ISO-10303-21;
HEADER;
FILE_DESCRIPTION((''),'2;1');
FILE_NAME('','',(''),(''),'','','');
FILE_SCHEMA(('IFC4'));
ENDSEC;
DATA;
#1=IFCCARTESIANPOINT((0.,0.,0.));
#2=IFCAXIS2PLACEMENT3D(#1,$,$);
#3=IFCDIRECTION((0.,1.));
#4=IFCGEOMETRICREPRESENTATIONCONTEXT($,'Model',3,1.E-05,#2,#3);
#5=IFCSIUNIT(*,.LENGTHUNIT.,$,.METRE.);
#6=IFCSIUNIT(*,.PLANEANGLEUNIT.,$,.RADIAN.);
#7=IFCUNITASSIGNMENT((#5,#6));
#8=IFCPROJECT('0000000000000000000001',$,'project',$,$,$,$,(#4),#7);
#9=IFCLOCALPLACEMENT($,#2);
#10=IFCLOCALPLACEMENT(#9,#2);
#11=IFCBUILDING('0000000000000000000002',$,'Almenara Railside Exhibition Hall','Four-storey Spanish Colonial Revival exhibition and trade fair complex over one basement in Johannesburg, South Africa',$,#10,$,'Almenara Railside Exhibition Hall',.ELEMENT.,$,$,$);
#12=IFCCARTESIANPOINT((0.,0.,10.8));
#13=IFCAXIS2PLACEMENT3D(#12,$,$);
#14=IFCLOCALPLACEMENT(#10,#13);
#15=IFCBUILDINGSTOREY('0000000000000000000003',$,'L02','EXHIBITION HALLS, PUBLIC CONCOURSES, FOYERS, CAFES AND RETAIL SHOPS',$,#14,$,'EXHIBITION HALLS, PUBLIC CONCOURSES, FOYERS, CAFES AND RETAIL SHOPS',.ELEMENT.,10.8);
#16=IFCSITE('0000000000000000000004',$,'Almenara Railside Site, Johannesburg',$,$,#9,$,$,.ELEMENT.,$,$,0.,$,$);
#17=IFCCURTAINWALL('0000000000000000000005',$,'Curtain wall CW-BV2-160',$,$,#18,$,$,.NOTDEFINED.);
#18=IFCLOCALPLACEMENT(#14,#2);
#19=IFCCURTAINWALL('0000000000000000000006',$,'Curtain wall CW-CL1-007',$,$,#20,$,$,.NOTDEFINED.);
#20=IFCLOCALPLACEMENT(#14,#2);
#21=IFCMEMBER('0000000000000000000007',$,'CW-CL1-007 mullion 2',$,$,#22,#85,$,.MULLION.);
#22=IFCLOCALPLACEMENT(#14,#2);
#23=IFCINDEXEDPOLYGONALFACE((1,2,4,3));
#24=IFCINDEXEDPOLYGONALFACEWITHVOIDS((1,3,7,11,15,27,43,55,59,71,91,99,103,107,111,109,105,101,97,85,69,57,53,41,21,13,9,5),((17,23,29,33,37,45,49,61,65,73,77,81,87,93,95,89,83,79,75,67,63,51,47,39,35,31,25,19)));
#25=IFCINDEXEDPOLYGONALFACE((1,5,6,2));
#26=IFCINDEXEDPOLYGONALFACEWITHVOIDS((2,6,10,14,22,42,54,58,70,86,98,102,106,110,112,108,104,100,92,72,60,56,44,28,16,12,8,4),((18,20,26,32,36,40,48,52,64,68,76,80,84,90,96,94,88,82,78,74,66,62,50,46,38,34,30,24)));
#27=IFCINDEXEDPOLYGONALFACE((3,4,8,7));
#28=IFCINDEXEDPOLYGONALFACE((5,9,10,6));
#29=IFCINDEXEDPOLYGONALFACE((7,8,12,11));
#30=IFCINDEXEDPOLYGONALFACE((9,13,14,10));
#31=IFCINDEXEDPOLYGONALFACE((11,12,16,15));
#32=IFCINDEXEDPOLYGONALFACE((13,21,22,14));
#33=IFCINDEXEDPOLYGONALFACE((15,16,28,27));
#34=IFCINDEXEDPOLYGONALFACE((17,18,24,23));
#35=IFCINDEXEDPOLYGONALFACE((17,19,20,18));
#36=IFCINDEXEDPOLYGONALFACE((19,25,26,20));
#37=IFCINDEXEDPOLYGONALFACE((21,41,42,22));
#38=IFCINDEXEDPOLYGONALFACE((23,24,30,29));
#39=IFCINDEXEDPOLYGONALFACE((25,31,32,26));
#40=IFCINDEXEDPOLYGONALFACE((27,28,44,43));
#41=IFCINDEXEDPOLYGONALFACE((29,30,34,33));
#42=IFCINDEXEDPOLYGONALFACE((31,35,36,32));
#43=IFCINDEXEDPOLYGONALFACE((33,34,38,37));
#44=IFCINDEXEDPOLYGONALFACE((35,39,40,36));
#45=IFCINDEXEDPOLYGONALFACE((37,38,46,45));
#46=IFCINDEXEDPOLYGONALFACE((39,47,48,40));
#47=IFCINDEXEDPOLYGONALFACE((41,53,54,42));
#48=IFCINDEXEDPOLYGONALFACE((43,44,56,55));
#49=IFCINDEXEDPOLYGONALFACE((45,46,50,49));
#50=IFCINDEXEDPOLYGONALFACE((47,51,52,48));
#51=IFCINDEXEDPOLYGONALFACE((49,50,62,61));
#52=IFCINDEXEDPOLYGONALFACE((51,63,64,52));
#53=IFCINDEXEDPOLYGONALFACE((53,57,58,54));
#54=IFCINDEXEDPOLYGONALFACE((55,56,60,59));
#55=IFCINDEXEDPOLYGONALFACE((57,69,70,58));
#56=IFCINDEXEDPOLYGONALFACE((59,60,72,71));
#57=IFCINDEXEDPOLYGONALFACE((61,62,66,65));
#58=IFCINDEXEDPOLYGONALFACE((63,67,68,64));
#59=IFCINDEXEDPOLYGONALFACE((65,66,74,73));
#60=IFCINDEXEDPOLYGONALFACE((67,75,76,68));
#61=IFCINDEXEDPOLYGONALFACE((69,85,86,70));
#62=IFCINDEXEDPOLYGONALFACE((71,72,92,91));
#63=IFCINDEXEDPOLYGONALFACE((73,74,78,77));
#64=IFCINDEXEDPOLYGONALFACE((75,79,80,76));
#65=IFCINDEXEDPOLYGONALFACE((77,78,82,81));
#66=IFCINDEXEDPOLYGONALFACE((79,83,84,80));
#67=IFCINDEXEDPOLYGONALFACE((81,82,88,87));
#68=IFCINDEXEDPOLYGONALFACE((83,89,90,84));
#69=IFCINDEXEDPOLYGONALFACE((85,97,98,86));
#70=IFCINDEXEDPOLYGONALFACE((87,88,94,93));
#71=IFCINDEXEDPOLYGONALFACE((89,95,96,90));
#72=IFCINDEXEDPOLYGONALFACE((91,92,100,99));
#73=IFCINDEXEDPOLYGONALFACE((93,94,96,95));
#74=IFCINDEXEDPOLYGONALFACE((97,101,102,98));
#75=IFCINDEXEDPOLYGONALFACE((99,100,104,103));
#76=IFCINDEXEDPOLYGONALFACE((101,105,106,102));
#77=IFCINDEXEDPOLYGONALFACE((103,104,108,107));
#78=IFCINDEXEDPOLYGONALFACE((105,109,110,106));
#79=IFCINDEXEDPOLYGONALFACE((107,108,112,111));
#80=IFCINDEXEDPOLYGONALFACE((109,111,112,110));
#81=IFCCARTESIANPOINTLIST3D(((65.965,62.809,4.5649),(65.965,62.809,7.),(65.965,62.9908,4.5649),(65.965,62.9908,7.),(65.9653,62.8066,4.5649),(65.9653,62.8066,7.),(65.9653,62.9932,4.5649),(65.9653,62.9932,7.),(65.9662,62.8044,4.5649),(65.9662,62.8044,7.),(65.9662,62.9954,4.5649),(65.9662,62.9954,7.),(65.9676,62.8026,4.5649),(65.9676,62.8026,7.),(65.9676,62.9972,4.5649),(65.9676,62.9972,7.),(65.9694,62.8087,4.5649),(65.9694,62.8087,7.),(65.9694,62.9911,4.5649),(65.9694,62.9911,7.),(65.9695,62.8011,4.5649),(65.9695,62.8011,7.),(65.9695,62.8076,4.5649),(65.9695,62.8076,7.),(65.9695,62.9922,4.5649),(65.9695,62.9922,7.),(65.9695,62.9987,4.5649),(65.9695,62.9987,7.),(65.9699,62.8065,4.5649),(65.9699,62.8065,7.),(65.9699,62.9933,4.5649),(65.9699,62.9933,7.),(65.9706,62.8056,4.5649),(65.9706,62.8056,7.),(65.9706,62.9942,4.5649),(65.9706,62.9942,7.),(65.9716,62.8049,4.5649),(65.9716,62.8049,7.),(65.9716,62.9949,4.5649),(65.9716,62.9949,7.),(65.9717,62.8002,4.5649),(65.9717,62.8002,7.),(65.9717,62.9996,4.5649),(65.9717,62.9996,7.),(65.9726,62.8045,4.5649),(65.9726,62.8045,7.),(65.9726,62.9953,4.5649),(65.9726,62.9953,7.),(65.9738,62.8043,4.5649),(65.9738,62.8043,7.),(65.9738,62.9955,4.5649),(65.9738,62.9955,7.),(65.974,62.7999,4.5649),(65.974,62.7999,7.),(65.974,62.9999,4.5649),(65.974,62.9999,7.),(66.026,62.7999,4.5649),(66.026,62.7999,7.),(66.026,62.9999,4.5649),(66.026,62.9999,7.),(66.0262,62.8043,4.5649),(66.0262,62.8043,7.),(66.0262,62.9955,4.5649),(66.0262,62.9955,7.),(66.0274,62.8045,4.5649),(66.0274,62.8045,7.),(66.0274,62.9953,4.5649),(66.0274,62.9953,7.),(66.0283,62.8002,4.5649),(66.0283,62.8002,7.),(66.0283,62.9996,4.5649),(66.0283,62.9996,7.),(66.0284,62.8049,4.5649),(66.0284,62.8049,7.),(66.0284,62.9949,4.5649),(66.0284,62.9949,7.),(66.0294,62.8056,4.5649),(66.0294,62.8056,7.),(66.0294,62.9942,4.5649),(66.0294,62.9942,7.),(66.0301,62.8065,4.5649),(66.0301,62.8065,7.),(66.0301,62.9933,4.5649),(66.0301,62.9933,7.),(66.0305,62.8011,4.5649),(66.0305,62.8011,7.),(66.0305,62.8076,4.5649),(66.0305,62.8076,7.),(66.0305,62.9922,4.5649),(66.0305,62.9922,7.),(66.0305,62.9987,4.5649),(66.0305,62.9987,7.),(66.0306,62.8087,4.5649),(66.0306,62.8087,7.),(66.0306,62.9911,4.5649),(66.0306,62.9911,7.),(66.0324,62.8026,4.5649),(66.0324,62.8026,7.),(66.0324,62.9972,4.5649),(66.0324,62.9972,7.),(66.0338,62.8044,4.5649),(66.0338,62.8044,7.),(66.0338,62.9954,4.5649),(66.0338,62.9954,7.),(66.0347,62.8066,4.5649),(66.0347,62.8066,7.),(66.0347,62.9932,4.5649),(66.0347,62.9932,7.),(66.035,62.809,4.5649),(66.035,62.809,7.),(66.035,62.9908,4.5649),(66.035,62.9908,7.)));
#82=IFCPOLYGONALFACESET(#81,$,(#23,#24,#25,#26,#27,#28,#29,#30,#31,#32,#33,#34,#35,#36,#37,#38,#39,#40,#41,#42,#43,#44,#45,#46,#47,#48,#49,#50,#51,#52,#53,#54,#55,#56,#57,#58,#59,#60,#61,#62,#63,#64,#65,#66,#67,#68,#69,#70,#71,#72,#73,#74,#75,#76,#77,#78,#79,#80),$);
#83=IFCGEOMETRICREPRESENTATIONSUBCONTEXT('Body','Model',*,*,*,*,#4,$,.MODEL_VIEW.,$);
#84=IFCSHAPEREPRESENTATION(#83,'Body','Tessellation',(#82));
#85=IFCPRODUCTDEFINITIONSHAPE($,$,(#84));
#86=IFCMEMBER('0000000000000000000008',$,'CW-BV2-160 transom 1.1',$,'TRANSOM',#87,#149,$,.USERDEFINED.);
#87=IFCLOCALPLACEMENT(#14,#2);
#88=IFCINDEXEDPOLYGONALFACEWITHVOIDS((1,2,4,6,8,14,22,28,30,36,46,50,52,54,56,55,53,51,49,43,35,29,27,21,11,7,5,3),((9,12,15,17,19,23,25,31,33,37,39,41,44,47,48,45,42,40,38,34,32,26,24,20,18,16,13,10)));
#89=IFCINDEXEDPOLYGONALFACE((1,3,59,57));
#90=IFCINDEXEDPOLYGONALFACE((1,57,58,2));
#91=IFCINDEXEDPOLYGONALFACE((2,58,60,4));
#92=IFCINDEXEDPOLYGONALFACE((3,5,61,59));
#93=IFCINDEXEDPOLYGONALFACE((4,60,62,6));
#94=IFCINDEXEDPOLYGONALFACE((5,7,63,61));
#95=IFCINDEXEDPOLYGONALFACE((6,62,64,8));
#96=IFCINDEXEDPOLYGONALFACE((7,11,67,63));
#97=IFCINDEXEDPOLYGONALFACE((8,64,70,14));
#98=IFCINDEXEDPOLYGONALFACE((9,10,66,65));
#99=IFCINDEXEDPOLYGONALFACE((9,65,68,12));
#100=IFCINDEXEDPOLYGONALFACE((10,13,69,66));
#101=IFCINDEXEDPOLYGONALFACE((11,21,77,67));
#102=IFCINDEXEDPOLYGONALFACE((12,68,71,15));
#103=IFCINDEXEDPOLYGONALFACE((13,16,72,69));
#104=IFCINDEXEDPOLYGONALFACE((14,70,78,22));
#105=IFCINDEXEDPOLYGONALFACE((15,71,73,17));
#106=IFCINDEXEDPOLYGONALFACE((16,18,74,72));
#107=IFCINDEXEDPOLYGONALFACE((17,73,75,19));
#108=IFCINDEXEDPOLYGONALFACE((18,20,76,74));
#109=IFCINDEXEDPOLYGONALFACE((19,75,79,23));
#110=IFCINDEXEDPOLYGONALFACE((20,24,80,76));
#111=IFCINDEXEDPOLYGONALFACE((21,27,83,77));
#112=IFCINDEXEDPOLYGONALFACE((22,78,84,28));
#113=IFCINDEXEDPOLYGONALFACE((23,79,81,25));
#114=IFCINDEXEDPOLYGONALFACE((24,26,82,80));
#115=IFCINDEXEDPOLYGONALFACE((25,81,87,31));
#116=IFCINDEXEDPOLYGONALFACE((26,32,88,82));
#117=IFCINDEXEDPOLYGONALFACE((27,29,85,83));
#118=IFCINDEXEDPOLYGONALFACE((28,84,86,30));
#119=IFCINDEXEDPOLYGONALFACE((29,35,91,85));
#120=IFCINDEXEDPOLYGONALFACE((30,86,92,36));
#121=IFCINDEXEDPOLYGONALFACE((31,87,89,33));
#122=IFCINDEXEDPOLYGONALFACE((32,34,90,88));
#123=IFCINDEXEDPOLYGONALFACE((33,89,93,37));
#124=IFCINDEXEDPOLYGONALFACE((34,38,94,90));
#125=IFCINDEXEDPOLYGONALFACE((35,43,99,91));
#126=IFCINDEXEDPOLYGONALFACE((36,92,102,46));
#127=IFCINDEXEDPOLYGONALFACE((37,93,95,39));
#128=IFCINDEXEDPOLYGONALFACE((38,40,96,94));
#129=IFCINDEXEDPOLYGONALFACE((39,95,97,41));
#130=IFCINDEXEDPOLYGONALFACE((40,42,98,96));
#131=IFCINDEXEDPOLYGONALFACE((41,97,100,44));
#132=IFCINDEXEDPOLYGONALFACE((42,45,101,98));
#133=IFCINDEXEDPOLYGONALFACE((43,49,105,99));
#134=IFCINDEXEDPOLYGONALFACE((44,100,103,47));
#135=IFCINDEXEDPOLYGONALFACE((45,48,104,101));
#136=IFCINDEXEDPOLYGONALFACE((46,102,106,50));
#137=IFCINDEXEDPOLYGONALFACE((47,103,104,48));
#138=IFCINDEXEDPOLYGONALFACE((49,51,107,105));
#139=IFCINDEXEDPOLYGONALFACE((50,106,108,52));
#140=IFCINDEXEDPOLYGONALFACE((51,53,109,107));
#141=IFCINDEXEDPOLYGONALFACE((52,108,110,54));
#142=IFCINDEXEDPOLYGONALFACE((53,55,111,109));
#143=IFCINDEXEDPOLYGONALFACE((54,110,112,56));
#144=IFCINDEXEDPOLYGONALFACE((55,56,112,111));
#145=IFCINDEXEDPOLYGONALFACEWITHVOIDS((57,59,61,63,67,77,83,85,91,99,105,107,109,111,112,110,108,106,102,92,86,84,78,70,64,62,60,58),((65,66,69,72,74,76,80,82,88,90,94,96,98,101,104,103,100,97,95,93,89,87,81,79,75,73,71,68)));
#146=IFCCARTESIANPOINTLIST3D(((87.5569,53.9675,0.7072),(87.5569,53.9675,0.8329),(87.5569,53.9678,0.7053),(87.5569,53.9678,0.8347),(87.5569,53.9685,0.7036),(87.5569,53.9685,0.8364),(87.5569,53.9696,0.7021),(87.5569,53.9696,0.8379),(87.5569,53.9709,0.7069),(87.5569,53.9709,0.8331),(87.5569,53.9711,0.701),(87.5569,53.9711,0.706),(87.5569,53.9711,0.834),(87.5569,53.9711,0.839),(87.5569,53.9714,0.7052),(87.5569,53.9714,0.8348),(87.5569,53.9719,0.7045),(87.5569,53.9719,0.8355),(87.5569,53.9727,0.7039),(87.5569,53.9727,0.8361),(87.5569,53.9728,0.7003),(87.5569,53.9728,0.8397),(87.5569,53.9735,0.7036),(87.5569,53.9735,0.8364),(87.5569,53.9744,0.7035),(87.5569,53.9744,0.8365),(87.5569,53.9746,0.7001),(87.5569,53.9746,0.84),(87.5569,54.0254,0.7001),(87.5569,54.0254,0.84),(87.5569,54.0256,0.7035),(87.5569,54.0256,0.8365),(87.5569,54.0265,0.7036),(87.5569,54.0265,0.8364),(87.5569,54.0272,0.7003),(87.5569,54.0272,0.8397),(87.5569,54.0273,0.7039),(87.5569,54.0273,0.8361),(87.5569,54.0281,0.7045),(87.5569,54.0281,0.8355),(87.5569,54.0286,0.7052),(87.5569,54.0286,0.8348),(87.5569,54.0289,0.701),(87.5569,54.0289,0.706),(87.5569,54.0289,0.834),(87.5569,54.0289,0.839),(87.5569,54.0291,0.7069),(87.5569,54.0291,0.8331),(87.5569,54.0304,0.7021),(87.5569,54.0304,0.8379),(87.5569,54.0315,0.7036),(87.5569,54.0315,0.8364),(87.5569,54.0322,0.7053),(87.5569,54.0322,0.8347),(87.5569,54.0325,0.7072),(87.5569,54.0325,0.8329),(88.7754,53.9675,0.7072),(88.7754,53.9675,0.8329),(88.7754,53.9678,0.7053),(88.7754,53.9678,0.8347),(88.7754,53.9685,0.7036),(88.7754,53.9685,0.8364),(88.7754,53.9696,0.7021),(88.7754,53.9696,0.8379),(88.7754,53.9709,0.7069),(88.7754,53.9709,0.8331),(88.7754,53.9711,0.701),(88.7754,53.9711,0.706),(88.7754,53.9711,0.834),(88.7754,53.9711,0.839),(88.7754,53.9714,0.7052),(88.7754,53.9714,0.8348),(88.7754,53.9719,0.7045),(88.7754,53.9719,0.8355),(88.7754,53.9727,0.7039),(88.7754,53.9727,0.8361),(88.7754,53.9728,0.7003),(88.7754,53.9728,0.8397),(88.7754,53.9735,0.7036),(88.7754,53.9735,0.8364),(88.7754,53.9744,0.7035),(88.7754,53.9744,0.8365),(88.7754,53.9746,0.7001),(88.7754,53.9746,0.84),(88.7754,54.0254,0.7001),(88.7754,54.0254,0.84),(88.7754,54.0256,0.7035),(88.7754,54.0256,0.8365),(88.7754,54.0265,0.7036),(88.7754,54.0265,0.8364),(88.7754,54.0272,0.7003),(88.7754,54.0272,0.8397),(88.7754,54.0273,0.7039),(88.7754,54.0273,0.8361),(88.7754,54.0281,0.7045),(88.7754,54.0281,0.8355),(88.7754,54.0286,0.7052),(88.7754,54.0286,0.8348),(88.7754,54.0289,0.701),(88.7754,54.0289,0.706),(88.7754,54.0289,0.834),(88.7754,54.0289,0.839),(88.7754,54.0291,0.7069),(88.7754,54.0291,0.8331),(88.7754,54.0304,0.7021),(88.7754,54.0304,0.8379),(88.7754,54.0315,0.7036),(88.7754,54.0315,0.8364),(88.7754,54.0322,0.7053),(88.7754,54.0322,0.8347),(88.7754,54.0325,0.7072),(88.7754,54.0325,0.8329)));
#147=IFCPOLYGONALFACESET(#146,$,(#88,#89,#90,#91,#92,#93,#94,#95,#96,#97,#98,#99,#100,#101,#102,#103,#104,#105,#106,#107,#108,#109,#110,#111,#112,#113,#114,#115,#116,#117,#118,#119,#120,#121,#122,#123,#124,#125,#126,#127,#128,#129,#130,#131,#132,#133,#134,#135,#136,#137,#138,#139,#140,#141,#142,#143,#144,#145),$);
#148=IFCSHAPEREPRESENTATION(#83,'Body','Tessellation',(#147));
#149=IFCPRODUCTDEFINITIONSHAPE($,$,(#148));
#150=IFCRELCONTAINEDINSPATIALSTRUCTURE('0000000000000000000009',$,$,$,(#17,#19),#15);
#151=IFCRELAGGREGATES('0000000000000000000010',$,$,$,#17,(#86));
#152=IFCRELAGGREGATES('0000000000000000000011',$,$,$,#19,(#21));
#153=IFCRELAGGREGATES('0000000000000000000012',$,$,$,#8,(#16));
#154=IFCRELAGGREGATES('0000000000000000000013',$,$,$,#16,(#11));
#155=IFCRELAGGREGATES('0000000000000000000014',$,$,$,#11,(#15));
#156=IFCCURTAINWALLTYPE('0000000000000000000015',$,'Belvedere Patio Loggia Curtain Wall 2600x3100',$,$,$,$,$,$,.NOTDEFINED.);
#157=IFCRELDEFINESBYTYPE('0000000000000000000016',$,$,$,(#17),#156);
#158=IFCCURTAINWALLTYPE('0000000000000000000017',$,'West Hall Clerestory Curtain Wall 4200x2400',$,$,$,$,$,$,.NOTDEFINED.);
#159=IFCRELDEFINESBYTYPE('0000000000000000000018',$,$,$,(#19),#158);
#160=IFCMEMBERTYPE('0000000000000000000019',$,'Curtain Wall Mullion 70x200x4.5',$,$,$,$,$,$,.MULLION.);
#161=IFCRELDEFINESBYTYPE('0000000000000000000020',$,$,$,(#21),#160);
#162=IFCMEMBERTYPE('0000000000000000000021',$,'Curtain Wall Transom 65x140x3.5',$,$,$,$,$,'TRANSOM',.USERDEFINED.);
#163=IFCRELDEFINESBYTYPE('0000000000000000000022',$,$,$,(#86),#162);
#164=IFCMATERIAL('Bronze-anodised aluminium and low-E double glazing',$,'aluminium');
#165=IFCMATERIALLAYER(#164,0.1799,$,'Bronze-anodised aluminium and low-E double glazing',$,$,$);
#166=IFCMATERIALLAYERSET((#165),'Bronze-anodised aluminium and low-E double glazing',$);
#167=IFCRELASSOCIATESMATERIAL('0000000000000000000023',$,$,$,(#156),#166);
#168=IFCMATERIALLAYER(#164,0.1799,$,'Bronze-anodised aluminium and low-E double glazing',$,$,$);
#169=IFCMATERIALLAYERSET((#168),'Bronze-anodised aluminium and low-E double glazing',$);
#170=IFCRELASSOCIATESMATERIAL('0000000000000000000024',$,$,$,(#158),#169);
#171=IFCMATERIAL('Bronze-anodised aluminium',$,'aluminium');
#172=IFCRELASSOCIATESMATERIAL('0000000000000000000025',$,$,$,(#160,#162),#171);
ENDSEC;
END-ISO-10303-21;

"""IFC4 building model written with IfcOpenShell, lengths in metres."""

from ifc_helpers import new_model, si_unit, direction, frame, origin, origin_2d, place, context, subcontext, project, spatial, hollow_rectangle, extrude, material, layer, layer_set, material_profile, profile_set, type_object, element, aggregate, save


model = new_model("IFC4")

# Units and contexts
model_context = context("Model", 3, precision=1e-05, world=origin(), true_north=direction((0.0, 1.0)))
body_context = subcontext(model_context, "Body", "Model", "MODEL_VIEW")
ifc_project = project(units=[si_unit("LENGTHUNIT", "METRE"), si_unit("PLANEANGLEUNIT", "RADIAN")], contexts=[model_context])

# Site, building, storey
site_placement = place(None, origin())
site = spatial("IfcSite", under=ifc_project, at=site_placement, Name="Almenara Railside Site, Johannesburg", CompositionType="ELEMENT", RefElevation=0.0)
building_placement = place(site_placement, origin())
building = spatial("IfcBuilding", under=site, at=building_placement, Name="Almenara Railside Exhibition Hall", Description="Four-storey Spanish Colonial Revival exhibition and trade fair complex over one basement in Johannesburg, South Africa", LongName="Almenara Railside Exhibition Hall", CompositionType="ELEMENT")
storey_placement = place(building_placement, frame((0.0, 0.0, 10.8)))
storey = spatial("IfcBuildingStorey", under=building, at=storey_placement, Name="L02", Description="EXHIBITION HALLS, PUBLIC CONCOURSES, FOYERS, CAFES AND RETAIL SHOPS", LongName="EXHIBITION HALLS, PUBLIC CONCOURSES, FOYERS, CAFES AND RETAIL SHOPS", CompositionType="ELEMENT", Elevation=10.8)

# Curtain wall
ifc_material_1 = material(Name="Bronze-anodised aluminium and low-E double glazing", Category="aluminium")
ifc_layer_1 = layer(ifc_material_1, 0.1799, Name="Bronze-anodised aluminium and low-E double glazing")
ifc_layer_set_1 = layer_set([ifc_layer_1], Name="Bronze-anodised aluminium and low-E double glazing")
curtain_wall_type_1 = type_object("IfcCurtainWallType", Name="Belvedere Patio Loggia Curtain Wall 2600x3100", PredefinedType="NOTDEFINED", material=ifc_layer_set_1)
curtain_wall_1_placement = place(storey_placement, origin())
curtain_wall_1 = element("IfcCurtainWall", 1, at=curtain_wall_1_placement, inside=storey, type_object=curtain_wall_type_1, Name="Curtain wall CW-BV2-160", PredefinedType="NOTDEFINED")
ifc_material_2 = material(Name="Bronze-anodised aluminium", Category="aluminium")

# Curtain wall, member
ifc_layer_2 = layer(ifc_material_1, 0.1799, Name="Bronze-anodised aluminium and low-E double glazing")
ifc_layer_set_2 = layer_set([ifc_layer_2], Name="Bronze-anodised aluminium and low-E double glazing")
curtain_wall_type_2 = type_object("IfcCurtainWallType", Name="West Hall Clerestory Curtain Wall 4200x2400", PredefinedType="NOTDEFINED", material=ifc_layer_set_2)
curtain_wall_2_placement = place(storey_placement, origin())
curtain_wall_2 = element("IfcCurtainWall", 2, at=curtain_wall_2_placement, inside=storey, type_object=curtain_wall_type_2, Name="Curtain wall CW-CL1-007", PredefinedType="NOTDEFINED")
ifc_material_profile_1 = material_profile(ifc_material_2, hollow_rectangle(XDim=0.0701, YDim=0.2, WallThickness=0.0044, InnerFilletRadius=0.0044, OuterFilletRadius=0.009, at=origin_2d()), Name="ALU-MUL 70x200x4.5")
ifc_profile_set_1 = profile_set([ifc_material_profile_1], Name="Bronze-anodised aluminium")
member_type_1 = type_object("IfcMemberType", Name="Curtain Wall Mullion 70x200x4.5", PredefinedType="MULLION", material=ifc_profile_set_1)
member_1_placement = place(storey_placement, frame((66.0, 62.8999, 4.5649), z_axis=(0.0, 0.0, 1.0), x_axis=(-1.0, 0.0, 0.0)))
member_1 = element("IfcMember", 3, at=member_1_placement, type_object=member_type_1, Name="CW-CL1-007 mullion 2", PredefinedType="MULLION", context=body_context, shape_type="SweptSolid", body=[
    extrude(hollow_rectangle(XDim=0.0701, YDim=0.2, WallThickness=0.0044, InnerFilletRadius=0.0044, OuterFilletRadius=0.009, at=origin_2d()), origin(), (0.0, 0.0, 1.0), 2.4351),
])

# Member
ifc_material_profile_2 = material_profile(ifc_material_2, hollow_rectangle(XDim=0.0649, YDim=0.1399, WallThickness=0.0034, InnerFilletRadius=0.0034, OuterFilletRadius=0.0071, at=origin_2d()), Name="ALU-TRN 65x140x3.5")
ifc_profile_set_2 = profile_set([ifc_material_profile_2], Name="Bronze-anodised aluminium")
member_type_2 = type_object("IfcMemberType", Name="Curtain Wall Transom 65x140x3.5", ElementType="TRANSOM", PredefinedType="USERDEFINED", material=ifc_profile_set_2)
member_2_placement = place(storey_placement, frame((87.5569, 54.0, 0.77), z_axis=(1.0, 0.0, 0.0), x_axis=(0.0, 1.0, 0.0)))
member_2 = element("IfcMember", 4, at=member_2_placement, type_object=member_type_2, Name="CW-BV2-160 transom 1.1", ObjectType="TRANSOM", PredefinedType="USERDEFINED", context=body_context, shape_type="SweptSolid", body=[
    extrude(hollow_rectangle(XDim=0.0649, YDim=0.1399, WallThickness=0.0034, InnerFilletRadius=0.0034, OuterFilletRadius=0.0071, at=origin_2d()), origin(), (0.0, 0.0, 1.0), 1.2185),
])

aggregate(curtain_wall_1, [member_2])
aggregate(curtain_wall_2, [member_1])

save(model, "model.ifc")
